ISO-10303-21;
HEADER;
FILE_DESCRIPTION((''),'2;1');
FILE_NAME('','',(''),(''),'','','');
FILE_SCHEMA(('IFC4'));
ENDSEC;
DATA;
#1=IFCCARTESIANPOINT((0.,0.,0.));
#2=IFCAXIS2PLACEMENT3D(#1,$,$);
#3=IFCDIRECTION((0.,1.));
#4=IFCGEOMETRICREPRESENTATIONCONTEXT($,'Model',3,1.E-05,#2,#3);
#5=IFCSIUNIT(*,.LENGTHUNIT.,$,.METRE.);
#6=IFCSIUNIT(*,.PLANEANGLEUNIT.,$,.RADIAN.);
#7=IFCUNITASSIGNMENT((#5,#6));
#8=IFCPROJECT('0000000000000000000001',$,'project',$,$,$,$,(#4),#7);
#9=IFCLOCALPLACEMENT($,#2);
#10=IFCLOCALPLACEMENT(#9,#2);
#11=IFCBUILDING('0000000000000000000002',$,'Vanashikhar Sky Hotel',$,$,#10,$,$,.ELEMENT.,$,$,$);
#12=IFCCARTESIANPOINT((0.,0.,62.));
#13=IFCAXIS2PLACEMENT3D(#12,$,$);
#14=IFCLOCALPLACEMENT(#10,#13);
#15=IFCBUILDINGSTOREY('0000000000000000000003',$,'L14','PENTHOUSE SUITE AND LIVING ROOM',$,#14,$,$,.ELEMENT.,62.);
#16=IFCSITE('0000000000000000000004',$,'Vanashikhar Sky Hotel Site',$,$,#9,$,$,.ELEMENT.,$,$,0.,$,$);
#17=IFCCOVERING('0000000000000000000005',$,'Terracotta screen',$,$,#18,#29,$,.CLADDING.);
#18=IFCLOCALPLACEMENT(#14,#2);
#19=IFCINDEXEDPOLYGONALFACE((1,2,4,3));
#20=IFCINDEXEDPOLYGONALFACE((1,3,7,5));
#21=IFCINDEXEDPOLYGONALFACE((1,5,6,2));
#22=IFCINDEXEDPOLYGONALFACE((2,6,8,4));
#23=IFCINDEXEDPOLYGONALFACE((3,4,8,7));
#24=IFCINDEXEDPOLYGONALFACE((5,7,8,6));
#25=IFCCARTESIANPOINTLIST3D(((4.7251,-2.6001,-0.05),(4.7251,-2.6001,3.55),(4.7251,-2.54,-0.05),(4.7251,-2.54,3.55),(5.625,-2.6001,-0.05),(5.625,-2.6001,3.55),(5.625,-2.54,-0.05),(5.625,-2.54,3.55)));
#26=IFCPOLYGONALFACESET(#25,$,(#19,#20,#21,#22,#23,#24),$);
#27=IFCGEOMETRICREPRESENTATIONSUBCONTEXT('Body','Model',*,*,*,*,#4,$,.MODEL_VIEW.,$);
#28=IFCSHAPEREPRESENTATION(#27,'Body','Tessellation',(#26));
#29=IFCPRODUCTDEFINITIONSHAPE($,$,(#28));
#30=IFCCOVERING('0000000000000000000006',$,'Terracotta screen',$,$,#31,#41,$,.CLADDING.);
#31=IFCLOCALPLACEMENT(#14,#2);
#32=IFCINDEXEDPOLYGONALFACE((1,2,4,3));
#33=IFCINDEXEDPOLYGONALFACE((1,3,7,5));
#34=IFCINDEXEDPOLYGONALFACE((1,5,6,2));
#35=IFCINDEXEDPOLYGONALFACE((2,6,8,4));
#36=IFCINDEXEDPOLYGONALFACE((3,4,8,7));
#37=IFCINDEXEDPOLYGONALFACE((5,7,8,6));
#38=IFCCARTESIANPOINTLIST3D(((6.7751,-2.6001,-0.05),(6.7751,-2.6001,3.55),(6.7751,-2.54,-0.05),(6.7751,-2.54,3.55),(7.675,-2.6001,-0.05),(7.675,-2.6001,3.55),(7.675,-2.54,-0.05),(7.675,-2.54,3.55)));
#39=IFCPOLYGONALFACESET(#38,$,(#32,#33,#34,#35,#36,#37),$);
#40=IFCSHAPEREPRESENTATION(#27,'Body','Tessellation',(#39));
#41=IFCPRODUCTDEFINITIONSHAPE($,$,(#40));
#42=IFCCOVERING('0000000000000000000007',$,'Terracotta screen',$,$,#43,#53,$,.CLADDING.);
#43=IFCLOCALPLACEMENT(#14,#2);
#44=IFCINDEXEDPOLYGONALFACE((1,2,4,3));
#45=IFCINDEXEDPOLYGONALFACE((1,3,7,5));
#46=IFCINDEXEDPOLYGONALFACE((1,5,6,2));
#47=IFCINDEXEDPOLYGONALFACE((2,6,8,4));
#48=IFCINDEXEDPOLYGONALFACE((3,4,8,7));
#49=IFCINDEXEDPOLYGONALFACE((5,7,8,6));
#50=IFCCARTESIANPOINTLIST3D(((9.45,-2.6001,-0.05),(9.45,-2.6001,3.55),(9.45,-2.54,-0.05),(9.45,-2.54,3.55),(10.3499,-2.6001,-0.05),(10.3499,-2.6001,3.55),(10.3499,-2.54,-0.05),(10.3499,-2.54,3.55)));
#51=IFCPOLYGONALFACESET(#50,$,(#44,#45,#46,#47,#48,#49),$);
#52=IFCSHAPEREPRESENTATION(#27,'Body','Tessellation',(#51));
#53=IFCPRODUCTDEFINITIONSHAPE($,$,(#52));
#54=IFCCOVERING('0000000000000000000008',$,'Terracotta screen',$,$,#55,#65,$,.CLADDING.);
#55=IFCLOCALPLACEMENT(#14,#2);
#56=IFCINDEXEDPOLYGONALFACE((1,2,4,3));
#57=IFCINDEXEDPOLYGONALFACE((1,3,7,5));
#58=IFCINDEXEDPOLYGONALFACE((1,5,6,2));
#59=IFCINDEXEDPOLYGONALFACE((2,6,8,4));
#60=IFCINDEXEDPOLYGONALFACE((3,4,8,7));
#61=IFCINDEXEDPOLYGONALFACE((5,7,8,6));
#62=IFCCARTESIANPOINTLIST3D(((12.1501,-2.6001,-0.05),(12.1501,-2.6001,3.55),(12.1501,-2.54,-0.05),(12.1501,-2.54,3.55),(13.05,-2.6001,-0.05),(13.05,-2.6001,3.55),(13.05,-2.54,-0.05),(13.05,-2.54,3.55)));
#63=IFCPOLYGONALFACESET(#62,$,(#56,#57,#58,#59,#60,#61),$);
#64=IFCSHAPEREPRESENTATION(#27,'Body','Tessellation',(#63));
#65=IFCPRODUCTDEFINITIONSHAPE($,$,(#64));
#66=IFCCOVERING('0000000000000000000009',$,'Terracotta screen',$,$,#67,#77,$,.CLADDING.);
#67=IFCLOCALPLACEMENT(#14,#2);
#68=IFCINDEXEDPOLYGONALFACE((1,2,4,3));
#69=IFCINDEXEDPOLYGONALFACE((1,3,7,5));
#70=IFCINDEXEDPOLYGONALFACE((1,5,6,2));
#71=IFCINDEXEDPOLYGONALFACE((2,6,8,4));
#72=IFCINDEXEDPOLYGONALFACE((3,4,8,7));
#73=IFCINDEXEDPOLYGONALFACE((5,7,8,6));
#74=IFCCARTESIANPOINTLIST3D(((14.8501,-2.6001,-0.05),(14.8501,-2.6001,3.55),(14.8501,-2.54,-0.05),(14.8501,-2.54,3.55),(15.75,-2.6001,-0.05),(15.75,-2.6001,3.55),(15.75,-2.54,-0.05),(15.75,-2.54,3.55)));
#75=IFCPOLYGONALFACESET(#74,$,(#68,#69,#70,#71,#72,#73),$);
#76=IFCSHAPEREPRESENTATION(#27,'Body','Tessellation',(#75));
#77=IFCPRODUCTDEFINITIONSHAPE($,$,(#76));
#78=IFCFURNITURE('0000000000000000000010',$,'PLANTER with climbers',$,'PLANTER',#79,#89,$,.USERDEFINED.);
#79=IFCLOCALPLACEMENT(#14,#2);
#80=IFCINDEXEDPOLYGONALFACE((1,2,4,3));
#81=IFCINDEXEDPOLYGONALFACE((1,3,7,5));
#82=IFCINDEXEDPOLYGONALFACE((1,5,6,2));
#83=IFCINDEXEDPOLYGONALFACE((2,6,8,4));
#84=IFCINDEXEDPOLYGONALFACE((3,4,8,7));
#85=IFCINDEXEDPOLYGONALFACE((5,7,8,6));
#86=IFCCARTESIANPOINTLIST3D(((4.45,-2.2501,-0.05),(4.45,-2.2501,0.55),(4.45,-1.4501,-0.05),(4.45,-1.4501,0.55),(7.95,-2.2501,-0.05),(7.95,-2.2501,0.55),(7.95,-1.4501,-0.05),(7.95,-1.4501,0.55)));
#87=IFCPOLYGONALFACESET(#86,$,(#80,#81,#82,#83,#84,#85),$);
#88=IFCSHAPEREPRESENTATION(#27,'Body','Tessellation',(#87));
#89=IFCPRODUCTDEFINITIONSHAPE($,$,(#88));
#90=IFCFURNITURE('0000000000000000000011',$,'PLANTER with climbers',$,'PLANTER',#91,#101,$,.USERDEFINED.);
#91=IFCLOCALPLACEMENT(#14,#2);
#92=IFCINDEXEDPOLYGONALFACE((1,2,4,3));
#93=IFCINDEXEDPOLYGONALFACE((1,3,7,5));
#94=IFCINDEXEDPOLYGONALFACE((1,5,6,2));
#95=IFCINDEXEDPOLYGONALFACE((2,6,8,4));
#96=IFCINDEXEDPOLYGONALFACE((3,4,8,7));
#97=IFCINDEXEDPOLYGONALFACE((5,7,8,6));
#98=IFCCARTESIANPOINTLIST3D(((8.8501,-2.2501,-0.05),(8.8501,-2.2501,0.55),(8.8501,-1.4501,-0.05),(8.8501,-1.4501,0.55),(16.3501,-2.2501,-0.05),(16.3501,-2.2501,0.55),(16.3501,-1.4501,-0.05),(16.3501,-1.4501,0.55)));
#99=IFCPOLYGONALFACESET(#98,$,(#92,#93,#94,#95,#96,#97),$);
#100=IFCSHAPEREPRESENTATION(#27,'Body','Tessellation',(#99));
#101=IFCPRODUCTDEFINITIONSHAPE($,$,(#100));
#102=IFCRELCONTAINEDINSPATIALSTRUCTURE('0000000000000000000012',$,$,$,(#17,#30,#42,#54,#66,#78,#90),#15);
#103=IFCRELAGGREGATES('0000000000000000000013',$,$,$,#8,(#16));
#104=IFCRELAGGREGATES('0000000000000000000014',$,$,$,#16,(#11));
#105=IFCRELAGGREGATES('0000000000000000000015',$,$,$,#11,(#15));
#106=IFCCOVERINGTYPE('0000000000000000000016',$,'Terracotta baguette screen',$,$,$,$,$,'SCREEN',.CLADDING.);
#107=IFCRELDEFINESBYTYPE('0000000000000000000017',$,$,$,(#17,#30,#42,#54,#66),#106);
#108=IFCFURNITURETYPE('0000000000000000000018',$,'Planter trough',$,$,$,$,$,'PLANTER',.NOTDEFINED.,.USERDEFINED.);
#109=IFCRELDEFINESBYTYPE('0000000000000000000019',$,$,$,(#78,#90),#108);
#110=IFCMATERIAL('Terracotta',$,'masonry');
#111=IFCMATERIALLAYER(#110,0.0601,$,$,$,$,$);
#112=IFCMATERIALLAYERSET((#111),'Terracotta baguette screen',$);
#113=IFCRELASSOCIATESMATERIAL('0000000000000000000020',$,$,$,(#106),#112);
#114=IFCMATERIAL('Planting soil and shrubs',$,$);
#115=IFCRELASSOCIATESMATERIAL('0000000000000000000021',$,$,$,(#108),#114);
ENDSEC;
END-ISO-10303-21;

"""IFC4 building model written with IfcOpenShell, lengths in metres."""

from ifc_helpers import new_model, si_unit, direction, frame, origin, origin_2d, place, context, subcontext, project, spatial, rectangle, extrude, source, transform, mapped, material, layer, layer_set, type_object, element, save


model = new_model("IFC4")

# Units and contexts
model_context = context("Model", 3, precision=1e-05, world=origin(), true_north=direction((0.0, 1.0)))
body_context = subcontext(model_context, "Body", "Model", "MODEL_VIEW")
ifc_project = project(units=[si_unit("LENGTHUNIT", "METRE"), si_unit("PLANEANGLEUNIT", "RADIAN")], contexts=[model_context])

# Site, building, storey
site_placement = place(None, origin())
site = spatial("IfcSite", under=ifc_project, at=site_placement, Name="Vanashikhar Sky Hotel Site", CompositionType="ELEMENT", RefElevation=0.0)
building_placement = place(site_placement, origin())
building = spatial("IfcBuilding", under=site, at=building_placement, Name="Vanashikhar Sky Hotel", CompositionType="ELEMENT")
storey_placement = place(building_placement, frame((0.0, 0.0, 62.0)))
storey = spatial("IfcBuildingStorey", under=building, at=storey_placement, Name="L14", Description="PENTHOUSE SUITE AND LIVING ROOM", CompositionType="ELEMENT", Elevation=62.0)

# Coverings
ifc_material_1 = material(Name="Terracotta", Category="masonry")
ifc_layer_1 = layer(ifc_material_1, 0.0601)
ifc_layer_set_1 = layer_set([ifc_layer_1], Name="Terracotta baguette screen")
covering_type = type_object("IfcCoveringType", Name="Terracotta baguette screen", ElementType="SCREEN", PredefinedType="CLADDING", material=ifc_layer_set_1)
shared_shape_1 = source(origin(), body_context, "Body", "SweptSolid", [
    extrude(rectangle(XDim=0.8999, YDim=0.0601, at=origin_2d()), origin(), (0.0, 0.0, 1.0), 3.6001),
])
for number, where, z_axis, x_axis, name in (
    (1, (5.175, -2.5701, -0.05), (0.0, 0.0, 1.0), (1.0, 0.0, 0.0), "Terracotta screen"),
    (2, (7.2251, -2.5701, -0.05), (0.0, 0.0, 1.0), (1.0, 0.0, 0.0), "Terracotta screen"),
    (3, (9.8999, -2.5701, -0.05), (0.0, 0.0, 1.0), (1.0, 0.0, 0.0), "Terracotta screen"),
    (4, (12.6001, -2.5701, -0.05), (0.0, 0.0, 1.0), (1.0, 0.0, 0.0), "Terracotta screen"),
    (5, (15.3, -2.5701, -0.05), (0.0, 0.0, 1.0), (1.0, 0.0, 0.0), "Terracotta screen"),
):
    element("IfcCovering", number, at=place(storey_placement, frame(where, z_axis=z_axis, x_axis=x_axis)), inside=storey, type_object=covering_type, Name=name, PredefinedType="CLADDING", context=body_context, shape_type="MappedRepresentation", body=[
        mapped(shared_shape_1, transform((0.0, 0.0, 0.0), scale=1.0)),
    ])

# Furniture
ifc_material_2 = material(Name="Planting soil and shrubs")
furniture_type = type_object("IfcFurnitureType", Name="Planter trough", ElementType="PLANTER", AssemblyPlace="NOTDEFINED", PredefinedType="USERDEFINED", material=ifc_material_2)
shared_shape_2 = source(origin(), body_context, "Body", "SweptSolid", [
    extrude(rectangle(XDim=3.5, YDim=0.8, at=origin_2d()), origin(), (0.0, 0.0, 1.0), 0.6001),
])
furniture_1_placement = place(storey_placement, frame((6.2, -1.8501, -0.05), z_axis=(0.0, 0.0, 1.0), x_axis=(1.0, 0.0, 0.0)))
element("IfcFurniture", 6, at=furniture_1_placement, inside=storey, type_object=furniture_type, Name="PLANTER with climbers", ObjectType="PLANTER", PredefinedType="USERDEFINED", context=body_context, shape_type="MappedRepresentation", body=[
    mapped(shared_shape_2, transform((0.0, 0.0, 0.0), scale=1.0)),
])
shared_shape_3 = source(origin(), body_context, "Body", "SweptSolid", [
    extrude(rectangle(XDim=7.5, YDim=0.8, at=origin_2d()), origin(), (0.0, 0.0, 1.0), 0.6001),
])
furniture_2_placement = place(storey_placement, frame((12.6001, -1.8501, -0.05), z_axis=(0.0, 0.0, 1.0), x_axis=(1.0, 0.0, 0.0)))
element("IfcFurniture", 7, at=furniture_2_placement, inside=storey, type_object=furniture_type, Name="PLANTER with climbers", ObjectType="PLANTER", PredefinedType="USERDEFINED", context=body_context, shape_type="MappedRepresentation", body=[
    mapped(shared_shape_3, transform((0.0, 0.0, 0.0), scale=1.0)),
])

save(model, "model.ifc")
